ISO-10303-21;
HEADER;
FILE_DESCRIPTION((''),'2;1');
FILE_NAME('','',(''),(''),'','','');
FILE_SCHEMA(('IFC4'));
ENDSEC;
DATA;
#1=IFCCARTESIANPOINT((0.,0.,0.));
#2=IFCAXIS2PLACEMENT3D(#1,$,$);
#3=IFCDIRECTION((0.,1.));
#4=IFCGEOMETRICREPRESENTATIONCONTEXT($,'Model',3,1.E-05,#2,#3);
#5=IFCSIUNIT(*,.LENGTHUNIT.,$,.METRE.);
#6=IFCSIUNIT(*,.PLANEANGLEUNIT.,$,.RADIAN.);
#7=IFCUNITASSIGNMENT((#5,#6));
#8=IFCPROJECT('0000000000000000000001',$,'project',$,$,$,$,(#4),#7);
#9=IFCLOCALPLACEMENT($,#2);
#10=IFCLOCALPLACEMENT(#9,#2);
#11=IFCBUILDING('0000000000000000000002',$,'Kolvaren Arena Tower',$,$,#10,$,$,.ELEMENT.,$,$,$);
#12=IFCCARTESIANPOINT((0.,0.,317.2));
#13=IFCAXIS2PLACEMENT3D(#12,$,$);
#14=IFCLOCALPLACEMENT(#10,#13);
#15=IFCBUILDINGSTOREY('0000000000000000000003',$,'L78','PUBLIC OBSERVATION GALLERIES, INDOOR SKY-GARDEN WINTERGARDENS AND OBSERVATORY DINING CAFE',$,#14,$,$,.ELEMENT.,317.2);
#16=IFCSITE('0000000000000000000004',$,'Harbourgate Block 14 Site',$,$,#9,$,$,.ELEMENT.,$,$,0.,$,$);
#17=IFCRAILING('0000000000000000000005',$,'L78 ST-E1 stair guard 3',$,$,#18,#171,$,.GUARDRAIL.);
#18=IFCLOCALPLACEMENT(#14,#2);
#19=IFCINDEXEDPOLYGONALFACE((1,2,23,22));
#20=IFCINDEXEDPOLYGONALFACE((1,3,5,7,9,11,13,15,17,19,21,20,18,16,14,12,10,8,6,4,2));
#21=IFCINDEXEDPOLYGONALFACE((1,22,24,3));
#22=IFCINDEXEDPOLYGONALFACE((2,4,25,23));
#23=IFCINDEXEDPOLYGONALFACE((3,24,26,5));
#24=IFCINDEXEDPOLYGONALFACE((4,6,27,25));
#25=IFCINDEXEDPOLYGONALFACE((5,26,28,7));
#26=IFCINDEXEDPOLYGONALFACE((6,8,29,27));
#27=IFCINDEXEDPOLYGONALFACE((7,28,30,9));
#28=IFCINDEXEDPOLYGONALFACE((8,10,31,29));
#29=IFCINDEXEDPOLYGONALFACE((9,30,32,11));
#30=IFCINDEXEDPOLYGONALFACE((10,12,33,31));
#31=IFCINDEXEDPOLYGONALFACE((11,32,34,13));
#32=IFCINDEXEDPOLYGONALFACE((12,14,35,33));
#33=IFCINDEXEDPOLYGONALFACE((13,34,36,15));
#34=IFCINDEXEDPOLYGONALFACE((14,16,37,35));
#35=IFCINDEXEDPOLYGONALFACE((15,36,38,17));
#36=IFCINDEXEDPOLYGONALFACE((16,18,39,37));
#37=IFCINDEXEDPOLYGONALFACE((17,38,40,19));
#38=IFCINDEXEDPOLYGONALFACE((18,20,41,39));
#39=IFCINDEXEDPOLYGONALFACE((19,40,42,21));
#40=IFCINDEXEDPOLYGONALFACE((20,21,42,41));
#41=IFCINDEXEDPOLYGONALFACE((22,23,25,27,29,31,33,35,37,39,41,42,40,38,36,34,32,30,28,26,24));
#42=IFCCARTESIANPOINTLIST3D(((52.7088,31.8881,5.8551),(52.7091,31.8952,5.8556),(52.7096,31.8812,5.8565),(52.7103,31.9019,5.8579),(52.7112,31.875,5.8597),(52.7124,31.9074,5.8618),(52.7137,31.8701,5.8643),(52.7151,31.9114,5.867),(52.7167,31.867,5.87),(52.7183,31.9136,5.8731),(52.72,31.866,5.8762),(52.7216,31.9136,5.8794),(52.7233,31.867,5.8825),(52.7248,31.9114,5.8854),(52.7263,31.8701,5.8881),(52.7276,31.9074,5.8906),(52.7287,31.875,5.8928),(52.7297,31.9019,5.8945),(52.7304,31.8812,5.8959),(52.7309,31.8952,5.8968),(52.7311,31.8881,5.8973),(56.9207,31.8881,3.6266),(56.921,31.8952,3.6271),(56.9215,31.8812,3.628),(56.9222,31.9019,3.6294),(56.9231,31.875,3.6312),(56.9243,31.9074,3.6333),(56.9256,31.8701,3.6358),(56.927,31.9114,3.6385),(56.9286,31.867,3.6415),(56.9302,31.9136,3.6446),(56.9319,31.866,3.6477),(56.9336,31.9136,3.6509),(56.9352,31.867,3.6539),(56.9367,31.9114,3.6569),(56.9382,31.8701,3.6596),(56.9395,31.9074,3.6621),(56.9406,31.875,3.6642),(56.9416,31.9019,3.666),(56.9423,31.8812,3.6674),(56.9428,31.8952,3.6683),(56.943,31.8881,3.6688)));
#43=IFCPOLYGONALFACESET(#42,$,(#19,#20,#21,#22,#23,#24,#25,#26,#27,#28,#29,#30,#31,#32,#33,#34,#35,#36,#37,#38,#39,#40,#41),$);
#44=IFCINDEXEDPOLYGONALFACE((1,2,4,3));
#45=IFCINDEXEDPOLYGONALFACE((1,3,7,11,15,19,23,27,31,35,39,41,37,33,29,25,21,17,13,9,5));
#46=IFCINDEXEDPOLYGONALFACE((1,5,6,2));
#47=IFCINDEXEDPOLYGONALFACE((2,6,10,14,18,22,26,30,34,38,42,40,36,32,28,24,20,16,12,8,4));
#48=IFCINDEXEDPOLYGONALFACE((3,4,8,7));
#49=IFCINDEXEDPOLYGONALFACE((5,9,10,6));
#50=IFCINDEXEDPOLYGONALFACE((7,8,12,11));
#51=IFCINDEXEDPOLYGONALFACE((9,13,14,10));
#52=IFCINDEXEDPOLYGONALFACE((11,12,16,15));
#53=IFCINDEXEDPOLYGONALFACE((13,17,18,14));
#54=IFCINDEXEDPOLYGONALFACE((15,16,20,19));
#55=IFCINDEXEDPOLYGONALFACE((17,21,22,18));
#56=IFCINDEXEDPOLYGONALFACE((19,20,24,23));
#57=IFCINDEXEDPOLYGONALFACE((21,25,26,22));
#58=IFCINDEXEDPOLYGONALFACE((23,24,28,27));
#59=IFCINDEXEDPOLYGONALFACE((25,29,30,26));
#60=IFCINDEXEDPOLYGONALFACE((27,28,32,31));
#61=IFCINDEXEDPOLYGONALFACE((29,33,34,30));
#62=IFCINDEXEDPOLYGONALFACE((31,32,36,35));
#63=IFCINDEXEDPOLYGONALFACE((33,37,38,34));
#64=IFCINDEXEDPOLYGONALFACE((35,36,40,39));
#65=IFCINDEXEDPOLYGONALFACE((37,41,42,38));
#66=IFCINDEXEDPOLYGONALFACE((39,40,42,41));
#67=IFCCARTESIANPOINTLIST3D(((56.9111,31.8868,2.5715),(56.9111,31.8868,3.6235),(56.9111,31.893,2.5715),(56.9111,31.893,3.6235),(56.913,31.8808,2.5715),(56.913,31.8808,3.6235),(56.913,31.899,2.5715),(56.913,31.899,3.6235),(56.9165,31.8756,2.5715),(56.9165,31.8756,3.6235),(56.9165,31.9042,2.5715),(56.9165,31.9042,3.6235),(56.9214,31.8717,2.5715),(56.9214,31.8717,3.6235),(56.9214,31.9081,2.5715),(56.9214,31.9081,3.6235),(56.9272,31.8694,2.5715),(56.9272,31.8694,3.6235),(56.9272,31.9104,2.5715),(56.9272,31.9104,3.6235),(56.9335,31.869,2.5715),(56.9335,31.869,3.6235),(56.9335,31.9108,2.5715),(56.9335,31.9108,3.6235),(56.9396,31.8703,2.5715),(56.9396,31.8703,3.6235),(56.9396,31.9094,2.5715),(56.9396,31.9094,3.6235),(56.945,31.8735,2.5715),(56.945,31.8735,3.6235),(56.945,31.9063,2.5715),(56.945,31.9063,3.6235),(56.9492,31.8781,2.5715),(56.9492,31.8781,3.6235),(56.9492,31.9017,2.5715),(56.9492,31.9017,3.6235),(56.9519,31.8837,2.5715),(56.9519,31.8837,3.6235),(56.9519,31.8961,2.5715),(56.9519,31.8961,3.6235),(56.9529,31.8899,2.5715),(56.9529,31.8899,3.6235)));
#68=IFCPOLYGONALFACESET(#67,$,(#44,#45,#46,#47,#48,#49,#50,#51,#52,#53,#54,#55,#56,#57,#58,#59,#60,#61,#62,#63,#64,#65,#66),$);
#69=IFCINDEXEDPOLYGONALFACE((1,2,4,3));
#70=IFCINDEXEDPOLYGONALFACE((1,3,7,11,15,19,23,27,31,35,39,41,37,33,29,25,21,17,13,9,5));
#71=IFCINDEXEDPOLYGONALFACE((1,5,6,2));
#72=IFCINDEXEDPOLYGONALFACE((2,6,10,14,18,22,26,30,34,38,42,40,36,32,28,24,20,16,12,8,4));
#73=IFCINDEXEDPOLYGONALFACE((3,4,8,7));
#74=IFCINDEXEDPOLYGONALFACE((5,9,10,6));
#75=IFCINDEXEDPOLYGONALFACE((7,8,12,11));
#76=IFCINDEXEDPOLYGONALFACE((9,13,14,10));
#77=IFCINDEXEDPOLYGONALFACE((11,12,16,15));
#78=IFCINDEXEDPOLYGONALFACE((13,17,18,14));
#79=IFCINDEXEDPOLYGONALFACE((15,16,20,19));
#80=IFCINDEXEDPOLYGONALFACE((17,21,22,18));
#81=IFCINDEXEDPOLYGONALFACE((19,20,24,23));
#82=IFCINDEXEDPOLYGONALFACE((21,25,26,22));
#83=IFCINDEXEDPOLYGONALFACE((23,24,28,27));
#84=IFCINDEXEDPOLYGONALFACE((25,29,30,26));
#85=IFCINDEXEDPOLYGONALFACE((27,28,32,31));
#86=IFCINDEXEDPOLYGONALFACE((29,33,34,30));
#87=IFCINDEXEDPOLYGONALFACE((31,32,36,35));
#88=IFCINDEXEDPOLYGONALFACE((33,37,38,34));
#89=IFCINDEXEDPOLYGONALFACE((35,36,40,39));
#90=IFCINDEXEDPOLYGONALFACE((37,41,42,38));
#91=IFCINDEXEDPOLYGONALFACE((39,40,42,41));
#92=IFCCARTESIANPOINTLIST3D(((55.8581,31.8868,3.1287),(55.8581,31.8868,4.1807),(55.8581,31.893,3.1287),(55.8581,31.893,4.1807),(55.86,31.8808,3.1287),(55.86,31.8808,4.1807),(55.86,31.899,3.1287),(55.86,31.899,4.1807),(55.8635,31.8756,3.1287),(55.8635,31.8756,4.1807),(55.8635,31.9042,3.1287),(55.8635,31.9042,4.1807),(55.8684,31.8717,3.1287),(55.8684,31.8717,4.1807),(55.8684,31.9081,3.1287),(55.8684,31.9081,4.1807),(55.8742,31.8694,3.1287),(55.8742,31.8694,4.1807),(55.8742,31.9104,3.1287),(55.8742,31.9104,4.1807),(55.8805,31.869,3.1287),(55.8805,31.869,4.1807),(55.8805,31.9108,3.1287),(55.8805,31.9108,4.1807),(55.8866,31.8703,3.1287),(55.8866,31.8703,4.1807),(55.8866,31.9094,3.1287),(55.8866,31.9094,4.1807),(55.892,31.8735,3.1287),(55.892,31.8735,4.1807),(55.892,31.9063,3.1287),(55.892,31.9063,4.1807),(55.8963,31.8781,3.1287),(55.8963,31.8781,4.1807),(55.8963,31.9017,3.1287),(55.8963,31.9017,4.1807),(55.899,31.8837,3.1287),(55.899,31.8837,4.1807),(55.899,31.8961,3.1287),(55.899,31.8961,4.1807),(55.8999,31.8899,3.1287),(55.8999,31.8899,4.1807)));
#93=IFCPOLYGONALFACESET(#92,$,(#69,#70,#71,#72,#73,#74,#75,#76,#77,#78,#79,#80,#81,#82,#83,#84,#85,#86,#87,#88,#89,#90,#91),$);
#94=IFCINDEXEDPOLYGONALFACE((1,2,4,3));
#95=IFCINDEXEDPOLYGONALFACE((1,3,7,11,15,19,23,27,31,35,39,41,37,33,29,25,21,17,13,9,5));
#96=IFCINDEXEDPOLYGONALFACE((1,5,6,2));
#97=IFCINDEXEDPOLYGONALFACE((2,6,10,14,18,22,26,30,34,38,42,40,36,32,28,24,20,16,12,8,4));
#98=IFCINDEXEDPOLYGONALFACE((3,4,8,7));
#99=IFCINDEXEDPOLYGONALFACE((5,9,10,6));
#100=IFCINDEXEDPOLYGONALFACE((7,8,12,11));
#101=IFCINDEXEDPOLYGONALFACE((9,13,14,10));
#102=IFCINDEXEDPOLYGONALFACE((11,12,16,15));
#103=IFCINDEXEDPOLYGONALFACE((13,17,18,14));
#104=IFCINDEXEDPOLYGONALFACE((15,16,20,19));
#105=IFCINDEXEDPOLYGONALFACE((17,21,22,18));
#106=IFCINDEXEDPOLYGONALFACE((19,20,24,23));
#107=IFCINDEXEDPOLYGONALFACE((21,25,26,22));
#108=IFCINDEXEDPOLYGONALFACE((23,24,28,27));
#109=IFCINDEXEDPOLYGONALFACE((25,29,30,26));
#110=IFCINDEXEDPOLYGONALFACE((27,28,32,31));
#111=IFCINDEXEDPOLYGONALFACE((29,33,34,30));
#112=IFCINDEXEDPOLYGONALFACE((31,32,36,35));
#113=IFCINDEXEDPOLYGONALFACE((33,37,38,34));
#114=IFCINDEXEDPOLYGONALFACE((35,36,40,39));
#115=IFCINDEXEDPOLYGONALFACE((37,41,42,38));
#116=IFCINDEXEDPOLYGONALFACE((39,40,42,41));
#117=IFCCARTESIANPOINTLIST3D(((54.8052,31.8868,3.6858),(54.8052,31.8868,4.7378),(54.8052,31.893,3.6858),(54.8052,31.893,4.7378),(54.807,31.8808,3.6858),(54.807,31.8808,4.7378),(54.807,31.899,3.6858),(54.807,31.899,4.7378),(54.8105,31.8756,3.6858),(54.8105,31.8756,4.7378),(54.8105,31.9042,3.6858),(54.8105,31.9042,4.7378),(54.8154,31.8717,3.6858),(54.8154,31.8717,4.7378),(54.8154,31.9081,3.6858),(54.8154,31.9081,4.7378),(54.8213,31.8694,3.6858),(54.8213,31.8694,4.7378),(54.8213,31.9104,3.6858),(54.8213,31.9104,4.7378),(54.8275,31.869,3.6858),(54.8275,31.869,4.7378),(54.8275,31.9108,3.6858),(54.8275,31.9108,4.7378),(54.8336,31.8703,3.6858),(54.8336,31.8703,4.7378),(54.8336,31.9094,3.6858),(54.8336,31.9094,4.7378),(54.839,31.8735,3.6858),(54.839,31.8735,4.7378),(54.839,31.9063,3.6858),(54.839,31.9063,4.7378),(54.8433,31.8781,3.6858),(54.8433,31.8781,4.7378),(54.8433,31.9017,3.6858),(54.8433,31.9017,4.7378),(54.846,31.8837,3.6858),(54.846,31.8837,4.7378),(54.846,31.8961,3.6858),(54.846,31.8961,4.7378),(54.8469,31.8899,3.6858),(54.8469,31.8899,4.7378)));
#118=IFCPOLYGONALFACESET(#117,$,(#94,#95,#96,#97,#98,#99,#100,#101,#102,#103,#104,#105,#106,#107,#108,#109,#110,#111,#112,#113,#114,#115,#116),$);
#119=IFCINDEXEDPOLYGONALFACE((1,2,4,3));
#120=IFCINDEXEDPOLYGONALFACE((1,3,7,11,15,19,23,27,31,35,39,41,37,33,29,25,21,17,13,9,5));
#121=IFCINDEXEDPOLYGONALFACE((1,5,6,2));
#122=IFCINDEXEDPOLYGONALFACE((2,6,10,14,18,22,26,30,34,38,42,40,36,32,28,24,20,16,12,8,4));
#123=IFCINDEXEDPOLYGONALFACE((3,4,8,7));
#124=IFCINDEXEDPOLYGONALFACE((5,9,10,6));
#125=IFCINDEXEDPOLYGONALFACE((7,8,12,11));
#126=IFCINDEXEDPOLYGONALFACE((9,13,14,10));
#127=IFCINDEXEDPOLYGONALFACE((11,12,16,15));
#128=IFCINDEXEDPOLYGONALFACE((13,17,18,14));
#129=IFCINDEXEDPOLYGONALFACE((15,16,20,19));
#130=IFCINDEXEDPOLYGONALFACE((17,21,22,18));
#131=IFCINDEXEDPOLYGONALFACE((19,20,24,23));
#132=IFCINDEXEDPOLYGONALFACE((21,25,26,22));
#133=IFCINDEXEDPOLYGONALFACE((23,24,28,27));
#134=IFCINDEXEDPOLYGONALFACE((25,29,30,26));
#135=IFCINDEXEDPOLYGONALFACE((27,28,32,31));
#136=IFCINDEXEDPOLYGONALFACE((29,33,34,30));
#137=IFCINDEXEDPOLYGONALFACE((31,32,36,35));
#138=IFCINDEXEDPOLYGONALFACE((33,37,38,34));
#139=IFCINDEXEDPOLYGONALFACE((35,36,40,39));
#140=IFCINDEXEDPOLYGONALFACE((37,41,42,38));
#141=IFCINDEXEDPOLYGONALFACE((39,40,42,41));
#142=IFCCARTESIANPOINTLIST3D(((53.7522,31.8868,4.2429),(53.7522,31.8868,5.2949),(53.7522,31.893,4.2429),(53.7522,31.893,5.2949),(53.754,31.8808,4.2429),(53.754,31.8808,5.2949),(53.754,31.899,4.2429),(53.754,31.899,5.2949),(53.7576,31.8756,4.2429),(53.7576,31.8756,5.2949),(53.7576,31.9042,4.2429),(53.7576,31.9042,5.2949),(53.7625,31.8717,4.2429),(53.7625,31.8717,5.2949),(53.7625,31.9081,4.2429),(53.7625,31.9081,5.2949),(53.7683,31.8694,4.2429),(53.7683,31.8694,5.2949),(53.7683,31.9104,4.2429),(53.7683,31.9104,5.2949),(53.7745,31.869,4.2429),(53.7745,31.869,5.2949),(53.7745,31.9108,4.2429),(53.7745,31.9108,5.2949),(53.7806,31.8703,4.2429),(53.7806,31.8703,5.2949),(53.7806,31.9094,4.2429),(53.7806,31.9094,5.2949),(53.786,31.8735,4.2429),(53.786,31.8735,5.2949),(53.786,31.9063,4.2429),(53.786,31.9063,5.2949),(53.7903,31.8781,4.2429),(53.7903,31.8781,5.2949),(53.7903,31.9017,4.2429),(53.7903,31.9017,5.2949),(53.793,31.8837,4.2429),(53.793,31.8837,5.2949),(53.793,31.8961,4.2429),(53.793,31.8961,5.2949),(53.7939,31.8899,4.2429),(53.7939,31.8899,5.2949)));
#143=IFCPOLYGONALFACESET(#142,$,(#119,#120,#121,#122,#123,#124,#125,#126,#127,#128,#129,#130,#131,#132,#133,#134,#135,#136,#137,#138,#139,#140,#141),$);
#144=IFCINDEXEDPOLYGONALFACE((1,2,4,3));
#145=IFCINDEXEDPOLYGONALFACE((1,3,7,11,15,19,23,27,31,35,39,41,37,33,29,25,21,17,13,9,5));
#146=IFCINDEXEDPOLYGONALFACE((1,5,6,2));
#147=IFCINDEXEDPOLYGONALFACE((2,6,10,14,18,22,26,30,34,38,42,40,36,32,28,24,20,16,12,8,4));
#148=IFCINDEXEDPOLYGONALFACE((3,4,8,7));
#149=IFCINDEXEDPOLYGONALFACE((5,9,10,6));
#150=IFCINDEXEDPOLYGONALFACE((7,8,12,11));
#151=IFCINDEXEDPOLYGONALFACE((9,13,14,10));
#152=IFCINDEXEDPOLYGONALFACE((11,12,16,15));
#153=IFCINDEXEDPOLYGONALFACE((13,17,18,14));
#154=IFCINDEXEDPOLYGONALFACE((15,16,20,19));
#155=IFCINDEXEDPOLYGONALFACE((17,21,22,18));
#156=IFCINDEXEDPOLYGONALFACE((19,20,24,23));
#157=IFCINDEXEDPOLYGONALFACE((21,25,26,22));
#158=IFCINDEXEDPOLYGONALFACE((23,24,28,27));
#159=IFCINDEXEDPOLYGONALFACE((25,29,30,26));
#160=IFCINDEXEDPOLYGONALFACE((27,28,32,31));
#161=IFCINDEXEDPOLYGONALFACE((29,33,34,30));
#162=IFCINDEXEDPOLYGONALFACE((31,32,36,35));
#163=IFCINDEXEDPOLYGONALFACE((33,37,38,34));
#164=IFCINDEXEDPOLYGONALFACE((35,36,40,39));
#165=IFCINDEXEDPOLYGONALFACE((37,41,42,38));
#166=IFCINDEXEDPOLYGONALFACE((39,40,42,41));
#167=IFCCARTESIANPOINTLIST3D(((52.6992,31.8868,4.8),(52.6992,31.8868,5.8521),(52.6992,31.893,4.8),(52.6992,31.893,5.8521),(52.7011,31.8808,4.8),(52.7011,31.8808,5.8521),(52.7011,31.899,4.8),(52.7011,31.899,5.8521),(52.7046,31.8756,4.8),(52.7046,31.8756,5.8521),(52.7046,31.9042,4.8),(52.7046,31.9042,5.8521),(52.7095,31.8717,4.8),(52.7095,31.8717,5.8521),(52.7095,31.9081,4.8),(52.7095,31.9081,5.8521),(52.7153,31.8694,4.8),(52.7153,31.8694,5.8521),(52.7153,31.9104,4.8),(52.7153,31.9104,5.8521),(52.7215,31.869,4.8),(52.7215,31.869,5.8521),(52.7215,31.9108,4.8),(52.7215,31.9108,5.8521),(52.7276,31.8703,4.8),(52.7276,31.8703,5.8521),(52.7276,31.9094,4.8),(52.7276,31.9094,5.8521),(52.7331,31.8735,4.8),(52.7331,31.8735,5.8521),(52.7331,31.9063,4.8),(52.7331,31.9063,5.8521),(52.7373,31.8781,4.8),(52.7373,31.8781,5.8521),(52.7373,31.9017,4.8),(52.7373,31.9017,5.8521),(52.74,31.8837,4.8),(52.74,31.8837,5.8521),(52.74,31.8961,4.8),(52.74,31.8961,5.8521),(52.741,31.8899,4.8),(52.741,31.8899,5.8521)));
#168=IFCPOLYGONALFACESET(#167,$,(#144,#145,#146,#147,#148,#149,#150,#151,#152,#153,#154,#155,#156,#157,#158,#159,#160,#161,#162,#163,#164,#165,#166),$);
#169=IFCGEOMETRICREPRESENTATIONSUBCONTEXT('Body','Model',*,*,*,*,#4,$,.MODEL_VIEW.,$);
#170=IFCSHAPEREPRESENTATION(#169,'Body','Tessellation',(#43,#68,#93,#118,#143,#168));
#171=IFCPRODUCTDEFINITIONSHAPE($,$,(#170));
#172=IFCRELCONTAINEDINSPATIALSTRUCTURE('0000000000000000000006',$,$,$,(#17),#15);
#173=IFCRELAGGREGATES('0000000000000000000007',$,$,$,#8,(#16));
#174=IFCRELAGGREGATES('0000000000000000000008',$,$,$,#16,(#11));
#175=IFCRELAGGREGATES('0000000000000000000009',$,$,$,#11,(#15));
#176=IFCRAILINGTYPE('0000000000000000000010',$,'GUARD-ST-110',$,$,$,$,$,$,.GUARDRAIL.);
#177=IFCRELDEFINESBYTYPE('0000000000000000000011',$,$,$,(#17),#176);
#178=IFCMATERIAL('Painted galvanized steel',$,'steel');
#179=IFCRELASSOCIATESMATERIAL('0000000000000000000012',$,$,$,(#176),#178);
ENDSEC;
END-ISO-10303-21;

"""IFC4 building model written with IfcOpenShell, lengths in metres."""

from ifc_helpers import new_model, si_unit, direction, frame, origin, origin_2d, place, context, subcontext, project, spatial, circle, extrude, material, type_object, element, save


model = new_model("IFC4")

# Units and contexts
model_context = context("Model", 3, precision=1e-05, world=origin(), true_north=direction((0.0, 1.0)))
body_context = subcontext(model_context, "Body", "Model", "MODEL_VIEW")
ifc_project = project(units=[si_unit("LENGTHUNIT", "METRE"), si_unit("PLANEANGLEUNIT", "RADIAN")], contexts=[model_context])

# Site, building, storey
site_placement = place(None, origin())
site = spatial("IfcSite", under=ifc_project, at=site_placement, Name="Harbourgate Block 14 Site", CompositionType="ELEMENT", RefElevation=0.0)
building_placement = place(site_placement, origin())
building = spatial("IfcBuilding", under=site, at=building_placement, Name="Kolvaren Arena Tower", CompositionType="ELEMENT")
storey_placement = place(building_placement, frame((0.0, 0.0, 317.2)))
storey = spatial("IfcBuildingStorey", under=building, at=storey_placement, Name="L78", Description="PUBLIC OBSERVATION GALLERIES, INDOOR SKY-GARDEN WINTERGARDENS AND OBSERVATORY DINING CAFE", CompositionType="ELEMENT", Elevation=317.2)

# Railing
ifc_material_1 = material(Name="Painted galvanized steel", Category="steel")
railing_type = type_object("IfcRailingType", Name="GUARD-ST-110", PredefinedType="GUARDRAIL", material=ifc_material_1)
railing_1_placement = place(storey_placement, frame((56.9319, 31.8899, 2.5715)))
element("IfcRailing", 1, at=railing_1_placement, inside=storey, type_object=railing_type, Name="L78 ST-E1 stair guard 3", PredefinedType="GUARDRAIL", context=body_context, shape_type="SweptSolid", body=[
    extrude(circle(Radius=0.0239, at=origin_2d()), frame((0.0, 0.0, 1.0762), z_axis=(-0.883903, 0.0, 0.467671), x_axis=(0.0, -1.0, 0.0)), (0.0, 0.0, 1.0), 4.7651),
    extrude(circle(Radius=0.021, at=origin_2d()), origin(), (0.0, 0.0, 1.0), 1.052),
    extrude(circle(Radius=0.021, at=origin_2d()), frame((-1.053, 0.0, 0.5571)), (0.0, 0.0, 1.0), 1.052),
    extrude(circle(Radius=0.021, at=origin_2d()), frame((-2.106, 0.0, 1.1143)), (0.0, 0.0, 1.0), 1.052),
    extrude(circle(Radius=0.021, at=origin_2d()), frame((-3.1589, 0.0, 1.6714)), (0.0, 0.0, 1.0), 1.052),
    extrude(circle(Radius=0.021, at=origin_2d()), frame((-4.2119, 0.0, 2.2285)), (0.0, 0.0, 1.0), 1.052),
])

save(model, "model.ifc")
